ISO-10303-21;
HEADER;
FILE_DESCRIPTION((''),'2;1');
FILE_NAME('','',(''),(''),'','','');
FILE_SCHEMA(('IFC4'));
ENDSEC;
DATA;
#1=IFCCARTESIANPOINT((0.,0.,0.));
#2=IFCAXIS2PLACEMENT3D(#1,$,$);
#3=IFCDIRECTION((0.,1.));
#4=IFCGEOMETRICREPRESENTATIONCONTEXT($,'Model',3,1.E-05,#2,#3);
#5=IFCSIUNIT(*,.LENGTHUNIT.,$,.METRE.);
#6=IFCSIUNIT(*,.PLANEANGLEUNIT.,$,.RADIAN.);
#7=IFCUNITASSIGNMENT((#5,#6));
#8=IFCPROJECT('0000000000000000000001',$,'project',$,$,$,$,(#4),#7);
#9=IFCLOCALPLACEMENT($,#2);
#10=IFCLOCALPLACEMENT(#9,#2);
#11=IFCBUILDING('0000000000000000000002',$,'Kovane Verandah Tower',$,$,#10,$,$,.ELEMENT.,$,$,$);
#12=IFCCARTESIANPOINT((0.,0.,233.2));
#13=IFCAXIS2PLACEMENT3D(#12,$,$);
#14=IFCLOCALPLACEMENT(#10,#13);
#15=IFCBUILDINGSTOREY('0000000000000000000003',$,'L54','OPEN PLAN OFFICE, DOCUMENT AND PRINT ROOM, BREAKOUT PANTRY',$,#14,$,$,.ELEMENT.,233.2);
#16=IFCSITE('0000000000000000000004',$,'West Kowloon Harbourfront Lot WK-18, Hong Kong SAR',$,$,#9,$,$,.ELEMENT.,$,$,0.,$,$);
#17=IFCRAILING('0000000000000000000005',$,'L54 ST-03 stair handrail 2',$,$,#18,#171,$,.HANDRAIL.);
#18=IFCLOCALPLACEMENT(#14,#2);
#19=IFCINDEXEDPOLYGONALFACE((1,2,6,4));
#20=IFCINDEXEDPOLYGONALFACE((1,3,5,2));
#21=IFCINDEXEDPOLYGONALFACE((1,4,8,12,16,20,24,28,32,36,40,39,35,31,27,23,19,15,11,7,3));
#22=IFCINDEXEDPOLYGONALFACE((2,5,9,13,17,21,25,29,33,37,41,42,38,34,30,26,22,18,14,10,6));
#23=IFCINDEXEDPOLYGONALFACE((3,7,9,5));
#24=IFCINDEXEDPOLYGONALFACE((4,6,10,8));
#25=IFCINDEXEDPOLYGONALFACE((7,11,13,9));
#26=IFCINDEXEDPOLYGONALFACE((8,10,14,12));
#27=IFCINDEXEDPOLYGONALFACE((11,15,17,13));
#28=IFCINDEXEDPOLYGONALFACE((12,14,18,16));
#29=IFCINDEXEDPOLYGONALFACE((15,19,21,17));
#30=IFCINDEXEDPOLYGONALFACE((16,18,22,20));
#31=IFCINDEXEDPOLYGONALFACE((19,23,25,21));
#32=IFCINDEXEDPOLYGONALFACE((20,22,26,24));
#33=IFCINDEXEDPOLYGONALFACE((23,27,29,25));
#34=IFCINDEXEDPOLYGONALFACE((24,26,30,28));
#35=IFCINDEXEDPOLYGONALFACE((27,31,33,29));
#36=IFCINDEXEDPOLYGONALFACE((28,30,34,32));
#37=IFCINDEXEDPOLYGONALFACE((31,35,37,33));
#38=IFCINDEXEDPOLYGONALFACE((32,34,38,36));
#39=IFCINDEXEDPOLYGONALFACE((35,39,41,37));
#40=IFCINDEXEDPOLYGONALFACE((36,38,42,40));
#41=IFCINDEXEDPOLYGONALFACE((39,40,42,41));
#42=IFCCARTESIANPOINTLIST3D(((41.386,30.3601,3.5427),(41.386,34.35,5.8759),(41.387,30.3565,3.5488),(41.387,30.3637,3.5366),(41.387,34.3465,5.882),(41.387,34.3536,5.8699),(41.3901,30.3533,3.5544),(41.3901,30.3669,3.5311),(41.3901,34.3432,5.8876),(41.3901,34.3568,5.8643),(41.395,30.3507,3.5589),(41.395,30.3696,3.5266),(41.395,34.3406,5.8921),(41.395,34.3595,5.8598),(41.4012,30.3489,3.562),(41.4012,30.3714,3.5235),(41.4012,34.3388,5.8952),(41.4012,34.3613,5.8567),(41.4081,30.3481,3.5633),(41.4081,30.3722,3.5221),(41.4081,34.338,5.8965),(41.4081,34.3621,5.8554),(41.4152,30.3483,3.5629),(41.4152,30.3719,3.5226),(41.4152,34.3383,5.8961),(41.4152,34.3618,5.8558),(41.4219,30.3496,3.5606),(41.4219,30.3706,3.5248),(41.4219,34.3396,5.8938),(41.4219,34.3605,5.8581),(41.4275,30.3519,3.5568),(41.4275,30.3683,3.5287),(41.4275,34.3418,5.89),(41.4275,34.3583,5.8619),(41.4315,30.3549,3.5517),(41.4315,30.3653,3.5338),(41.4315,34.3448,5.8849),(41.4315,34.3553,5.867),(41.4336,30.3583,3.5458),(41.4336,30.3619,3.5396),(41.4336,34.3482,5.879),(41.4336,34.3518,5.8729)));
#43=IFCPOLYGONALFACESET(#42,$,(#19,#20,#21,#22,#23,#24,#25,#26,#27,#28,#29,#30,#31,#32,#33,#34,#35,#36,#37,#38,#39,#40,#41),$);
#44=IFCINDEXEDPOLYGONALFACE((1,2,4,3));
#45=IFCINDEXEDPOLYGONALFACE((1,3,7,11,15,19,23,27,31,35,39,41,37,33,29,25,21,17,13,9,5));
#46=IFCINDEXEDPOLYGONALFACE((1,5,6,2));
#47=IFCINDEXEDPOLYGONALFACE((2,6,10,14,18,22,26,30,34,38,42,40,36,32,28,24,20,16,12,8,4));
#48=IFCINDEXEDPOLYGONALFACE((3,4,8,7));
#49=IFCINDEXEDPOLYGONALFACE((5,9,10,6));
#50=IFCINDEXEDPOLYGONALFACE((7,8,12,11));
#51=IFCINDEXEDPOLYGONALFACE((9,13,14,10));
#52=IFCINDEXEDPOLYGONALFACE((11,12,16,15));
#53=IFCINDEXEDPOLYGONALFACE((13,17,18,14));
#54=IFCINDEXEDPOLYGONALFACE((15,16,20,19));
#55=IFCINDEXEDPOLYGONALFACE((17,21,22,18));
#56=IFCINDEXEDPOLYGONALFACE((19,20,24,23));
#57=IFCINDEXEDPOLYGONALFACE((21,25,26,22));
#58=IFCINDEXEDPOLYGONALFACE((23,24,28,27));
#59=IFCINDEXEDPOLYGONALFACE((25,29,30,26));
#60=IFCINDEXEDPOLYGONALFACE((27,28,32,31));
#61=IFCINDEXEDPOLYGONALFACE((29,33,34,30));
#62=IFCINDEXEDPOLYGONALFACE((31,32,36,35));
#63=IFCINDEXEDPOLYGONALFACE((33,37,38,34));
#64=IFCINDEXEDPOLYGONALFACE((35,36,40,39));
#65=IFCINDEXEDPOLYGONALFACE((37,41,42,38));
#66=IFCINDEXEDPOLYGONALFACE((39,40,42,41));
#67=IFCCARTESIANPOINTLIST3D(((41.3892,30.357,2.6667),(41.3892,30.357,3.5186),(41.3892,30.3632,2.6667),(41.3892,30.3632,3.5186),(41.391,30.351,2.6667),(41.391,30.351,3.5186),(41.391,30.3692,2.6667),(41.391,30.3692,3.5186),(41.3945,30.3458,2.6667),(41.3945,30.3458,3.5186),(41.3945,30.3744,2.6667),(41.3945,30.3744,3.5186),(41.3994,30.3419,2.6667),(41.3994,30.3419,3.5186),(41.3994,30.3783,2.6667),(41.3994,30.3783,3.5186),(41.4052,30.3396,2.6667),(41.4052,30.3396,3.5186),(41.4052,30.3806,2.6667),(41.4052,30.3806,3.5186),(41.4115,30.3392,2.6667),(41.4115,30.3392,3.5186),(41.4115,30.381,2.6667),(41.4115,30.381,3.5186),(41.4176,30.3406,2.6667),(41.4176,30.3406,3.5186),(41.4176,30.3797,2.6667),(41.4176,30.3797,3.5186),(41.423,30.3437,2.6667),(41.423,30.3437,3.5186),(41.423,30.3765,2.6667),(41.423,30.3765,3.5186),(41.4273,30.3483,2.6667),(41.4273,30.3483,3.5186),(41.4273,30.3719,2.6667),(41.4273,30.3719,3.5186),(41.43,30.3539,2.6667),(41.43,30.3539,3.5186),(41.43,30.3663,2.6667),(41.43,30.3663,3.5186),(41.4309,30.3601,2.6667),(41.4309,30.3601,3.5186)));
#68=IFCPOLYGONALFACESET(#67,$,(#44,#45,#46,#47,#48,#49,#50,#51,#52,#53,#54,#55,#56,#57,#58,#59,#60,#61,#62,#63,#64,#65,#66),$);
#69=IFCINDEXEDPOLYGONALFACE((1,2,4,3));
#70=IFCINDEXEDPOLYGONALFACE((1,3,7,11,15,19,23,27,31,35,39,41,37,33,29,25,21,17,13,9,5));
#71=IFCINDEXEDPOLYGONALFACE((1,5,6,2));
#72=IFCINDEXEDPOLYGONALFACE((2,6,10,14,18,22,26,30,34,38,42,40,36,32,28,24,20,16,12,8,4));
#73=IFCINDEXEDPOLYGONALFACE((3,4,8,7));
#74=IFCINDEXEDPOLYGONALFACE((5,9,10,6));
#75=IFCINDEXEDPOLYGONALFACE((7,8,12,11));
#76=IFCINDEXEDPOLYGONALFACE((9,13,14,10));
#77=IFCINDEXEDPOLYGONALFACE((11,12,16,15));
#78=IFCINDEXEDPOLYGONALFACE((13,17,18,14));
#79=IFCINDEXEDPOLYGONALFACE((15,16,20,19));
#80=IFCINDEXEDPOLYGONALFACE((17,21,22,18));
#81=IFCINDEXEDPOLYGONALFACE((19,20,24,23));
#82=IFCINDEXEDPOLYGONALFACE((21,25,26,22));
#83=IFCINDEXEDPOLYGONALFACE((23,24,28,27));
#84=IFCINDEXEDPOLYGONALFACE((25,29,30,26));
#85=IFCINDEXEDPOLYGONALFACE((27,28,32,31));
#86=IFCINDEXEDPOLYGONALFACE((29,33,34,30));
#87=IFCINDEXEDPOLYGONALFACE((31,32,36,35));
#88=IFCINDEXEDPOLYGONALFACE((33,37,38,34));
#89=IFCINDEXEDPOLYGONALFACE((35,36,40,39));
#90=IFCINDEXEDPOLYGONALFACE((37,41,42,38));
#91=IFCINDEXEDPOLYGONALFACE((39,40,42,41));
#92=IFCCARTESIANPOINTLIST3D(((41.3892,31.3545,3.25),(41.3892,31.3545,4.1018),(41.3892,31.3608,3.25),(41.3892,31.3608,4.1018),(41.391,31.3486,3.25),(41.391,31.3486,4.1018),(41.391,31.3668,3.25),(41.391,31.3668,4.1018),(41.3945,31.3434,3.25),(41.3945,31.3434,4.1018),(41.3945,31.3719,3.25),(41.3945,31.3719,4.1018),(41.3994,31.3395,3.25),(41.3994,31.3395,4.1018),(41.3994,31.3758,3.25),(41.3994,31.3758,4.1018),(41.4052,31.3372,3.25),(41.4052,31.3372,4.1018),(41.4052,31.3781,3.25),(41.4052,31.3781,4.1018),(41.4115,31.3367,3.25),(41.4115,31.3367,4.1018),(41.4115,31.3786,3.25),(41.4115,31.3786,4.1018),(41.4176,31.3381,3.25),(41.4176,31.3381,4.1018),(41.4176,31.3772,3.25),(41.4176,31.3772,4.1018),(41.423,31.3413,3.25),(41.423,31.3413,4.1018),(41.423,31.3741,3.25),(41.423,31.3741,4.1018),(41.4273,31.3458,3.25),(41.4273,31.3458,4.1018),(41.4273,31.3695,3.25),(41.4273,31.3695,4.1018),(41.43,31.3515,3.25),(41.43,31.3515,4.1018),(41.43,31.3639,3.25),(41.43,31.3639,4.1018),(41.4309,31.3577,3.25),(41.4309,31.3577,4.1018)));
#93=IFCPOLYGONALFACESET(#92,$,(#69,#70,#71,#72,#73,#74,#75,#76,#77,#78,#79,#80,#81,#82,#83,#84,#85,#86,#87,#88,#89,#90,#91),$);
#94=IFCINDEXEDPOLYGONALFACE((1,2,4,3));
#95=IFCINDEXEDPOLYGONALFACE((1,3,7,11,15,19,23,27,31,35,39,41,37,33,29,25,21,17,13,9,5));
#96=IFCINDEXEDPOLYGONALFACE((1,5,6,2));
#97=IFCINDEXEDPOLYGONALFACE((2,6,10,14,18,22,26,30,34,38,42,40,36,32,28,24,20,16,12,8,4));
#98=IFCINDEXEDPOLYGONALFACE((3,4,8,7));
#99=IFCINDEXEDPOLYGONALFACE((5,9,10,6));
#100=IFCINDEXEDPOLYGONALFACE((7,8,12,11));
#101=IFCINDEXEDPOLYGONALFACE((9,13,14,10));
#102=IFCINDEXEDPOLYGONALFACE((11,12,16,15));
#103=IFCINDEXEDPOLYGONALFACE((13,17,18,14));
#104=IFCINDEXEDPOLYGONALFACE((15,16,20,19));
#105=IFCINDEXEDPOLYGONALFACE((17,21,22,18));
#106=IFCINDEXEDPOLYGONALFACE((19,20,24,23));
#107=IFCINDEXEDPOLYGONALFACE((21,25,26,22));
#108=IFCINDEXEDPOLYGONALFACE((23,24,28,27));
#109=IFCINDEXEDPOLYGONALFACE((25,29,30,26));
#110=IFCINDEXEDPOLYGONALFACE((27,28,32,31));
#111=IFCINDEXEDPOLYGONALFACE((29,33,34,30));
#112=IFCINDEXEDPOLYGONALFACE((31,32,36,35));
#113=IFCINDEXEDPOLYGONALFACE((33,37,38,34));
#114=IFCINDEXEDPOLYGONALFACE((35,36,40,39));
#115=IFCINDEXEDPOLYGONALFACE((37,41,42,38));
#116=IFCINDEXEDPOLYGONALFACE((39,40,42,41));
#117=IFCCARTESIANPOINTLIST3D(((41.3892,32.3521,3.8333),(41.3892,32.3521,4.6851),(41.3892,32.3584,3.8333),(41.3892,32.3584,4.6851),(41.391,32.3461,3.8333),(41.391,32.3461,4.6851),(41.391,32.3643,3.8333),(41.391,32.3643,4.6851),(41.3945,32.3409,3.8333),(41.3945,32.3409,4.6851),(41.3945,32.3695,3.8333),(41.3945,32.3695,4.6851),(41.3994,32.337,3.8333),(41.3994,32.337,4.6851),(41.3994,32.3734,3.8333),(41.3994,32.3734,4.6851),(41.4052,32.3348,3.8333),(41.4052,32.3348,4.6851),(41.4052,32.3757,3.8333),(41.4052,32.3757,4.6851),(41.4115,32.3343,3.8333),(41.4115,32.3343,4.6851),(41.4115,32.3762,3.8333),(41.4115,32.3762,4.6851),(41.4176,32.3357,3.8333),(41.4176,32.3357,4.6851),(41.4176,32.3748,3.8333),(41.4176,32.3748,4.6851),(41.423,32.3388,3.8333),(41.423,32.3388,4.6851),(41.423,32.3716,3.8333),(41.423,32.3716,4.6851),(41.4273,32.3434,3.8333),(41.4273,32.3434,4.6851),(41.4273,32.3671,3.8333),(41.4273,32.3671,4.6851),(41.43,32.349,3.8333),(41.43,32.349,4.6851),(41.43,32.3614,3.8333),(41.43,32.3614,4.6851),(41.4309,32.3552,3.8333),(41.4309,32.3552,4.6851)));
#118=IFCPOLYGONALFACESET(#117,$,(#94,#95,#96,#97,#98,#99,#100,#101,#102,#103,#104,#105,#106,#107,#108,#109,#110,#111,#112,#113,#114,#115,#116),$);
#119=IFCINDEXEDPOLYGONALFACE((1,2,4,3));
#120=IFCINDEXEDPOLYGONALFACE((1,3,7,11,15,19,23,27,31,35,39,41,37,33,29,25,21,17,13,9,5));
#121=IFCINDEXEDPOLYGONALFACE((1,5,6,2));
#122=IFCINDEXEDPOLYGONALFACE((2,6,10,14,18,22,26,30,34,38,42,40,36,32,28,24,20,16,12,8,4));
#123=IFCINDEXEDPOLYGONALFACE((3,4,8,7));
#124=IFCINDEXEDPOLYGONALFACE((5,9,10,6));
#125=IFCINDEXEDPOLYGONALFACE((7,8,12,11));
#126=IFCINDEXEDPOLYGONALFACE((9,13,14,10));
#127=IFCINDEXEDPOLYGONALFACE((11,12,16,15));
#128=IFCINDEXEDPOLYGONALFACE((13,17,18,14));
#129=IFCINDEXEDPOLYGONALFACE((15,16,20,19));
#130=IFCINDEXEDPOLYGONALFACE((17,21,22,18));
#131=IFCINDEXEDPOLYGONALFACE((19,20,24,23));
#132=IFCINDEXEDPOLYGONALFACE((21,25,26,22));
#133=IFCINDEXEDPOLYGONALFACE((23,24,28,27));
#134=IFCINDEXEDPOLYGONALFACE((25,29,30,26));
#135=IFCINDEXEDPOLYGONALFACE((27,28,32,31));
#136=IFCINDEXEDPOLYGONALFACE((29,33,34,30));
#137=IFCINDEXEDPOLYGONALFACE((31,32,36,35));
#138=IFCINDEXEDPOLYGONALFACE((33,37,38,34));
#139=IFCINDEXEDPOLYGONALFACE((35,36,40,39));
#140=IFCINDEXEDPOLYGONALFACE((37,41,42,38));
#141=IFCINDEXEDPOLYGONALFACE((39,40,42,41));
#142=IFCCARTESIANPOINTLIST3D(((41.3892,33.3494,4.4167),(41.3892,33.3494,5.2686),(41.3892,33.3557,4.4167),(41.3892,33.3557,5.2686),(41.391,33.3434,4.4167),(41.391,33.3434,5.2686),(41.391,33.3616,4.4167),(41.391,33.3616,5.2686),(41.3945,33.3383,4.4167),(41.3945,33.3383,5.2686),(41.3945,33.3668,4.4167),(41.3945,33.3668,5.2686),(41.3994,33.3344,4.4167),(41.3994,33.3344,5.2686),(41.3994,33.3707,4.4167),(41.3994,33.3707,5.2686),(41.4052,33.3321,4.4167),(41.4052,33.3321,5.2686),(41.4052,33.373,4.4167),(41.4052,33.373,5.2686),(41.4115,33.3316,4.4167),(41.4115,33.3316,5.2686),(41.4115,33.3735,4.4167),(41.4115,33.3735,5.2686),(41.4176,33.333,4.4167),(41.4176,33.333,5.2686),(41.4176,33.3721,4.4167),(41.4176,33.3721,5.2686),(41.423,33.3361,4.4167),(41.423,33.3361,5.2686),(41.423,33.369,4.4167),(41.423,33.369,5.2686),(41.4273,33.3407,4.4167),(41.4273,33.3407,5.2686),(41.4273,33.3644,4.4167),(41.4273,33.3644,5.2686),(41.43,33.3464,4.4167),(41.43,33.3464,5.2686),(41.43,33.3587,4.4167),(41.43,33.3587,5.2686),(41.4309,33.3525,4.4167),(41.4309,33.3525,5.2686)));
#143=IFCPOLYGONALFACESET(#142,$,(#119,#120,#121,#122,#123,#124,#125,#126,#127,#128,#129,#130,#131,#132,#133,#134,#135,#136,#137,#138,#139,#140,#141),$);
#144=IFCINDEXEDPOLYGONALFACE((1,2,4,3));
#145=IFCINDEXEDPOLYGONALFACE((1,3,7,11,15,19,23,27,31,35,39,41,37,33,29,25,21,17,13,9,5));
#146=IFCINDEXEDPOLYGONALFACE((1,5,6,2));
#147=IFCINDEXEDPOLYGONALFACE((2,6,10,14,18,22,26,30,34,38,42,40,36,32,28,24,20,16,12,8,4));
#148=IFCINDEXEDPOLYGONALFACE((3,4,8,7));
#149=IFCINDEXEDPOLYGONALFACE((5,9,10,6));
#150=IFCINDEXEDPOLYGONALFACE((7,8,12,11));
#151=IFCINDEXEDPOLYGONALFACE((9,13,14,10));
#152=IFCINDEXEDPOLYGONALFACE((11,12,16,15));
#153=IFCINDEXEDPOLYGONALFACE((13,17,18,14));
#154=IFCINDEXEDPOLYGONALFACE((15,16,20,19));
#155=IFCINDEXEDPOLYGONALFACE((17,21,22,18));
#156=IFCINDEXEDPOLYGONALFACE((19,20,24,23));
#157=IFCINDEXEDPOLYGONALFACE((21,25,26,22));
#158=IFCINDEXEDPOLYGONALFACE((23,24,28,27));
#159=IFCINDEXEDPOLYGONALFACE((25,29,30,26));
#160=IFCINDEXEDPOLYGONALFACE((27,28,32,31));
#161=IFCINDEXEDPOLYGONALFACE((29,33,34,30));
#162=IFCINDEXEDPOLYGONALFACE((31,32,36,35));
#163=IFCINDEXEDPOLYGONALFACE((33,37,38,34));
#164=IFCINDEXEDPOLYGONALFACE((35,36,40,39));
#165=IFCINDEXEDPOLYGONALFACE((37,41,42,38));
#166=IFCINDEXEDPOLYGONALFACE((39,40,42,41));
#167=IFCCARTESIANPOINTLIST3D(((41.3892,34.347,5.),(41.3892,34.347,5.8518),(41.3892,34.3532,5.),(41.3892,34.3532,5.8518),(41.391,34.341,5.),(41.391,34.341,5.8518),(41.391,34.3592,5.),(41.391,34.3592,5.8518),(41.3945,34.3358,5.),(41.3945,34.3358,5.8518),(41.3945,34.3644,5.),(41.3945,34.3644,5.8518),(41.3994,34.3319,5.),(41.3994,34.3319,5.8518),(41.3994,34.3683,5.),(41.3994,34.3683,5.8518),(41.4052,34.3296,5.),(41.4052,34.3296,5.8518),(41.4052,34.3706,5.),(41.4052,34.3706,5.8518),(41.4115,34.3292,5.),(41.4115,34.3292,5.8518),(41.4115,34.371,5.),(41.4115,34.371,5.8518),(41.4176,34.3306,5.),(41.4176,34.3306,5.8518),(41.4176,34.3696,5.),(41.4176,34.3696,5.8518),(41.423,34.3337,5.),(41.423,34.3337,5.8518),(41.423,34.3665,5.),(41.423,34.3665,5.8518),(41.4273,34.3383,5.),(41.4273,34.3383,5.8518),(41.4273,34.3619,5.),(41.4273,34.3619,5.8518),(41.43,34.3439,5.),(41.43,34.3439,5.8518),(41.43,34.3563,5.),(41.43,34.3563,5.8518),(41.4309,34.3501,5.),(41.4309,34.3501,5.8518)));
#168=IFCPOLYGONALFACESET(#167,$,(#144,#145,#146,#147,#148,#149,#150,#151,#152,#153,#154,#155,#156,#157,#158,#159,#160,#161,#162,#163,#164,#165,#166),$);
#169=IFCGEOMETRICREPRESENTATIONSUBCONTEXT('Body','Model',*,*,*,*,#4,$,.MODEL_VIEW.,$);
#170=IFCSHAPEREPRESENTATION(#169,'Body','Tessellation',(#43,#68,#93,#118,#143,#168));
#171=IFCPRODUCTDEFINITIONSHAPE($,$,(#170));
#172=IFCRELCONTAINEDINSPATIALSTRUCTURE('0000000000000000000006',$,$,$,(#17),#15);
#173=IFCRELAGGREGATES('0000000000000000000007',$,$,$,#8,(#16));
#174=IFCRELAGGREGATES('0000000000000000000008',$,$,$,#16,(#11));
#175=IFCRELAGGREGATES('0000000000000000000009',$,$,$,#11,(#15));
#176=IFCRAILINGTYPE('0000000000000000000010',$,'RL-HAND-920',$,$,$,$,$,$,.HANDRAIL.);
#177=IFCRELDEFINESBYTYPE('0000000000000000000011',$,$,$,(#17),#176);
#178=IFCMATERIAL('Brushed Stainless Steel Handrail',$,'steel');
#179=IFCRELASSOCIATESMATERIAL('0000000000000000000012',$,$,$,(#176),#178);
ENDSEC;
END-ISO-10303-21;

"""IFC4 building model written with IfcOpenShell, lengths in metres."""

from ifc_helpers import new_model, si_unit, direction, frame, origin, origin_2d, place, context, subcontext, project, spatial, circle, extrude, material, type_object, element, save


model = new_model("IFC4")

# Units and contexts
model_context = context("Model", 3, precision=1e-05, world=origin(), true_north=direction((0.0, 1.0)))
body_context = subcontext(model_context, "Body", "Model", "MODEL_VIEW")
ifc_project = project(units=[si_unit("LENGTHUNIT", "METRE"), si_unit("PLANEANGLEUNIT", "RADIAN")], contexts=[model_context])

# Site, building, storey
site_placement = place(None, origin())
site = spatial("IfcSite", under=ifc_project, at=site_placement, Name="West Kowloon Harbourfront Lot WK-18, Hong Kong SAR", CompositionType="ELEMENT", RefElevation=0.0)
building_placement = place(site_placement, origin())
building = spatial("IfcBuilding", under=site, at=building_placement, Name="Kovane Verandah Tower", CompositionType="ELEMENT")
storey_placement = place(building_placement, frame((0.0, 0.0, 233.2)))
storey = spatial("IfcBuildingStorey", under=building, at=storey_placement, Name="L54", Description="OPEN PLAN OFFICE, DOCUMENT AND PRINT ROOM, BREAKOUT PANTRY", CompositionType="ELEMENT", Elevation=233.2)

# Railing
ifc_material_1 = material(Name="Brushed Stainless Steel Handrail", Category="steel")
railing_type_1 = type_object("IfcRailingType", Name="RL-HAND-920", PredefinedType="HANDRAIL", material=ifc_material_1)
railing_1_placement = place(storey_placement, frame((41.4099, 30.3601, 2.6667)))
element("IfcRailing", 1, at=railing_1_placement, inside=storey, type_object=railing_type_1, Name="L54 ST-03 stair handrail 2", PredefinedType="HANDRAIL", context=body_context, shape_type="SweptSolid", body=[
    extrude(circle(Radius=0.0239, at=origin_2d()), frame((0.0, 0.0, 0.876), z_axis=(0.0, 0.863236, 0.5048), x_axis=(-1.0, 0.0, 0.0)), (0.0, 0.0, 1.0), 4.6221),
    extrude(circle(Radius=0.021, at=origin_2d()), origin(), (0.0, 0.0, 1.0), 0.8518),
    extrude(circle(Radius=0.021, at=origin_2d()), frame((0.0, 0.9976, 0.5833)), (0.0, 0.0, 1.0), 0.8518),
    extrude(circle(Radius=0.021, at=origin_2d()), frame((0.0, 1.9951, 1.1665)), (0.0, 0.0, 1.0), 0.8518),
    extrude(circle(Radius=0.021, at=origin_2d()), frame((0.0, 2.9924, 1.75)), (0.0, 0.0, 1.0), 0.8518),
    extrude(circle(Radius=0.021, at=origin_2d()), frame((0.0, 3.99, 2.3333)), (0.0, 0.0, 1.0), 0.8518),
])

save(model, "model.ifc")
